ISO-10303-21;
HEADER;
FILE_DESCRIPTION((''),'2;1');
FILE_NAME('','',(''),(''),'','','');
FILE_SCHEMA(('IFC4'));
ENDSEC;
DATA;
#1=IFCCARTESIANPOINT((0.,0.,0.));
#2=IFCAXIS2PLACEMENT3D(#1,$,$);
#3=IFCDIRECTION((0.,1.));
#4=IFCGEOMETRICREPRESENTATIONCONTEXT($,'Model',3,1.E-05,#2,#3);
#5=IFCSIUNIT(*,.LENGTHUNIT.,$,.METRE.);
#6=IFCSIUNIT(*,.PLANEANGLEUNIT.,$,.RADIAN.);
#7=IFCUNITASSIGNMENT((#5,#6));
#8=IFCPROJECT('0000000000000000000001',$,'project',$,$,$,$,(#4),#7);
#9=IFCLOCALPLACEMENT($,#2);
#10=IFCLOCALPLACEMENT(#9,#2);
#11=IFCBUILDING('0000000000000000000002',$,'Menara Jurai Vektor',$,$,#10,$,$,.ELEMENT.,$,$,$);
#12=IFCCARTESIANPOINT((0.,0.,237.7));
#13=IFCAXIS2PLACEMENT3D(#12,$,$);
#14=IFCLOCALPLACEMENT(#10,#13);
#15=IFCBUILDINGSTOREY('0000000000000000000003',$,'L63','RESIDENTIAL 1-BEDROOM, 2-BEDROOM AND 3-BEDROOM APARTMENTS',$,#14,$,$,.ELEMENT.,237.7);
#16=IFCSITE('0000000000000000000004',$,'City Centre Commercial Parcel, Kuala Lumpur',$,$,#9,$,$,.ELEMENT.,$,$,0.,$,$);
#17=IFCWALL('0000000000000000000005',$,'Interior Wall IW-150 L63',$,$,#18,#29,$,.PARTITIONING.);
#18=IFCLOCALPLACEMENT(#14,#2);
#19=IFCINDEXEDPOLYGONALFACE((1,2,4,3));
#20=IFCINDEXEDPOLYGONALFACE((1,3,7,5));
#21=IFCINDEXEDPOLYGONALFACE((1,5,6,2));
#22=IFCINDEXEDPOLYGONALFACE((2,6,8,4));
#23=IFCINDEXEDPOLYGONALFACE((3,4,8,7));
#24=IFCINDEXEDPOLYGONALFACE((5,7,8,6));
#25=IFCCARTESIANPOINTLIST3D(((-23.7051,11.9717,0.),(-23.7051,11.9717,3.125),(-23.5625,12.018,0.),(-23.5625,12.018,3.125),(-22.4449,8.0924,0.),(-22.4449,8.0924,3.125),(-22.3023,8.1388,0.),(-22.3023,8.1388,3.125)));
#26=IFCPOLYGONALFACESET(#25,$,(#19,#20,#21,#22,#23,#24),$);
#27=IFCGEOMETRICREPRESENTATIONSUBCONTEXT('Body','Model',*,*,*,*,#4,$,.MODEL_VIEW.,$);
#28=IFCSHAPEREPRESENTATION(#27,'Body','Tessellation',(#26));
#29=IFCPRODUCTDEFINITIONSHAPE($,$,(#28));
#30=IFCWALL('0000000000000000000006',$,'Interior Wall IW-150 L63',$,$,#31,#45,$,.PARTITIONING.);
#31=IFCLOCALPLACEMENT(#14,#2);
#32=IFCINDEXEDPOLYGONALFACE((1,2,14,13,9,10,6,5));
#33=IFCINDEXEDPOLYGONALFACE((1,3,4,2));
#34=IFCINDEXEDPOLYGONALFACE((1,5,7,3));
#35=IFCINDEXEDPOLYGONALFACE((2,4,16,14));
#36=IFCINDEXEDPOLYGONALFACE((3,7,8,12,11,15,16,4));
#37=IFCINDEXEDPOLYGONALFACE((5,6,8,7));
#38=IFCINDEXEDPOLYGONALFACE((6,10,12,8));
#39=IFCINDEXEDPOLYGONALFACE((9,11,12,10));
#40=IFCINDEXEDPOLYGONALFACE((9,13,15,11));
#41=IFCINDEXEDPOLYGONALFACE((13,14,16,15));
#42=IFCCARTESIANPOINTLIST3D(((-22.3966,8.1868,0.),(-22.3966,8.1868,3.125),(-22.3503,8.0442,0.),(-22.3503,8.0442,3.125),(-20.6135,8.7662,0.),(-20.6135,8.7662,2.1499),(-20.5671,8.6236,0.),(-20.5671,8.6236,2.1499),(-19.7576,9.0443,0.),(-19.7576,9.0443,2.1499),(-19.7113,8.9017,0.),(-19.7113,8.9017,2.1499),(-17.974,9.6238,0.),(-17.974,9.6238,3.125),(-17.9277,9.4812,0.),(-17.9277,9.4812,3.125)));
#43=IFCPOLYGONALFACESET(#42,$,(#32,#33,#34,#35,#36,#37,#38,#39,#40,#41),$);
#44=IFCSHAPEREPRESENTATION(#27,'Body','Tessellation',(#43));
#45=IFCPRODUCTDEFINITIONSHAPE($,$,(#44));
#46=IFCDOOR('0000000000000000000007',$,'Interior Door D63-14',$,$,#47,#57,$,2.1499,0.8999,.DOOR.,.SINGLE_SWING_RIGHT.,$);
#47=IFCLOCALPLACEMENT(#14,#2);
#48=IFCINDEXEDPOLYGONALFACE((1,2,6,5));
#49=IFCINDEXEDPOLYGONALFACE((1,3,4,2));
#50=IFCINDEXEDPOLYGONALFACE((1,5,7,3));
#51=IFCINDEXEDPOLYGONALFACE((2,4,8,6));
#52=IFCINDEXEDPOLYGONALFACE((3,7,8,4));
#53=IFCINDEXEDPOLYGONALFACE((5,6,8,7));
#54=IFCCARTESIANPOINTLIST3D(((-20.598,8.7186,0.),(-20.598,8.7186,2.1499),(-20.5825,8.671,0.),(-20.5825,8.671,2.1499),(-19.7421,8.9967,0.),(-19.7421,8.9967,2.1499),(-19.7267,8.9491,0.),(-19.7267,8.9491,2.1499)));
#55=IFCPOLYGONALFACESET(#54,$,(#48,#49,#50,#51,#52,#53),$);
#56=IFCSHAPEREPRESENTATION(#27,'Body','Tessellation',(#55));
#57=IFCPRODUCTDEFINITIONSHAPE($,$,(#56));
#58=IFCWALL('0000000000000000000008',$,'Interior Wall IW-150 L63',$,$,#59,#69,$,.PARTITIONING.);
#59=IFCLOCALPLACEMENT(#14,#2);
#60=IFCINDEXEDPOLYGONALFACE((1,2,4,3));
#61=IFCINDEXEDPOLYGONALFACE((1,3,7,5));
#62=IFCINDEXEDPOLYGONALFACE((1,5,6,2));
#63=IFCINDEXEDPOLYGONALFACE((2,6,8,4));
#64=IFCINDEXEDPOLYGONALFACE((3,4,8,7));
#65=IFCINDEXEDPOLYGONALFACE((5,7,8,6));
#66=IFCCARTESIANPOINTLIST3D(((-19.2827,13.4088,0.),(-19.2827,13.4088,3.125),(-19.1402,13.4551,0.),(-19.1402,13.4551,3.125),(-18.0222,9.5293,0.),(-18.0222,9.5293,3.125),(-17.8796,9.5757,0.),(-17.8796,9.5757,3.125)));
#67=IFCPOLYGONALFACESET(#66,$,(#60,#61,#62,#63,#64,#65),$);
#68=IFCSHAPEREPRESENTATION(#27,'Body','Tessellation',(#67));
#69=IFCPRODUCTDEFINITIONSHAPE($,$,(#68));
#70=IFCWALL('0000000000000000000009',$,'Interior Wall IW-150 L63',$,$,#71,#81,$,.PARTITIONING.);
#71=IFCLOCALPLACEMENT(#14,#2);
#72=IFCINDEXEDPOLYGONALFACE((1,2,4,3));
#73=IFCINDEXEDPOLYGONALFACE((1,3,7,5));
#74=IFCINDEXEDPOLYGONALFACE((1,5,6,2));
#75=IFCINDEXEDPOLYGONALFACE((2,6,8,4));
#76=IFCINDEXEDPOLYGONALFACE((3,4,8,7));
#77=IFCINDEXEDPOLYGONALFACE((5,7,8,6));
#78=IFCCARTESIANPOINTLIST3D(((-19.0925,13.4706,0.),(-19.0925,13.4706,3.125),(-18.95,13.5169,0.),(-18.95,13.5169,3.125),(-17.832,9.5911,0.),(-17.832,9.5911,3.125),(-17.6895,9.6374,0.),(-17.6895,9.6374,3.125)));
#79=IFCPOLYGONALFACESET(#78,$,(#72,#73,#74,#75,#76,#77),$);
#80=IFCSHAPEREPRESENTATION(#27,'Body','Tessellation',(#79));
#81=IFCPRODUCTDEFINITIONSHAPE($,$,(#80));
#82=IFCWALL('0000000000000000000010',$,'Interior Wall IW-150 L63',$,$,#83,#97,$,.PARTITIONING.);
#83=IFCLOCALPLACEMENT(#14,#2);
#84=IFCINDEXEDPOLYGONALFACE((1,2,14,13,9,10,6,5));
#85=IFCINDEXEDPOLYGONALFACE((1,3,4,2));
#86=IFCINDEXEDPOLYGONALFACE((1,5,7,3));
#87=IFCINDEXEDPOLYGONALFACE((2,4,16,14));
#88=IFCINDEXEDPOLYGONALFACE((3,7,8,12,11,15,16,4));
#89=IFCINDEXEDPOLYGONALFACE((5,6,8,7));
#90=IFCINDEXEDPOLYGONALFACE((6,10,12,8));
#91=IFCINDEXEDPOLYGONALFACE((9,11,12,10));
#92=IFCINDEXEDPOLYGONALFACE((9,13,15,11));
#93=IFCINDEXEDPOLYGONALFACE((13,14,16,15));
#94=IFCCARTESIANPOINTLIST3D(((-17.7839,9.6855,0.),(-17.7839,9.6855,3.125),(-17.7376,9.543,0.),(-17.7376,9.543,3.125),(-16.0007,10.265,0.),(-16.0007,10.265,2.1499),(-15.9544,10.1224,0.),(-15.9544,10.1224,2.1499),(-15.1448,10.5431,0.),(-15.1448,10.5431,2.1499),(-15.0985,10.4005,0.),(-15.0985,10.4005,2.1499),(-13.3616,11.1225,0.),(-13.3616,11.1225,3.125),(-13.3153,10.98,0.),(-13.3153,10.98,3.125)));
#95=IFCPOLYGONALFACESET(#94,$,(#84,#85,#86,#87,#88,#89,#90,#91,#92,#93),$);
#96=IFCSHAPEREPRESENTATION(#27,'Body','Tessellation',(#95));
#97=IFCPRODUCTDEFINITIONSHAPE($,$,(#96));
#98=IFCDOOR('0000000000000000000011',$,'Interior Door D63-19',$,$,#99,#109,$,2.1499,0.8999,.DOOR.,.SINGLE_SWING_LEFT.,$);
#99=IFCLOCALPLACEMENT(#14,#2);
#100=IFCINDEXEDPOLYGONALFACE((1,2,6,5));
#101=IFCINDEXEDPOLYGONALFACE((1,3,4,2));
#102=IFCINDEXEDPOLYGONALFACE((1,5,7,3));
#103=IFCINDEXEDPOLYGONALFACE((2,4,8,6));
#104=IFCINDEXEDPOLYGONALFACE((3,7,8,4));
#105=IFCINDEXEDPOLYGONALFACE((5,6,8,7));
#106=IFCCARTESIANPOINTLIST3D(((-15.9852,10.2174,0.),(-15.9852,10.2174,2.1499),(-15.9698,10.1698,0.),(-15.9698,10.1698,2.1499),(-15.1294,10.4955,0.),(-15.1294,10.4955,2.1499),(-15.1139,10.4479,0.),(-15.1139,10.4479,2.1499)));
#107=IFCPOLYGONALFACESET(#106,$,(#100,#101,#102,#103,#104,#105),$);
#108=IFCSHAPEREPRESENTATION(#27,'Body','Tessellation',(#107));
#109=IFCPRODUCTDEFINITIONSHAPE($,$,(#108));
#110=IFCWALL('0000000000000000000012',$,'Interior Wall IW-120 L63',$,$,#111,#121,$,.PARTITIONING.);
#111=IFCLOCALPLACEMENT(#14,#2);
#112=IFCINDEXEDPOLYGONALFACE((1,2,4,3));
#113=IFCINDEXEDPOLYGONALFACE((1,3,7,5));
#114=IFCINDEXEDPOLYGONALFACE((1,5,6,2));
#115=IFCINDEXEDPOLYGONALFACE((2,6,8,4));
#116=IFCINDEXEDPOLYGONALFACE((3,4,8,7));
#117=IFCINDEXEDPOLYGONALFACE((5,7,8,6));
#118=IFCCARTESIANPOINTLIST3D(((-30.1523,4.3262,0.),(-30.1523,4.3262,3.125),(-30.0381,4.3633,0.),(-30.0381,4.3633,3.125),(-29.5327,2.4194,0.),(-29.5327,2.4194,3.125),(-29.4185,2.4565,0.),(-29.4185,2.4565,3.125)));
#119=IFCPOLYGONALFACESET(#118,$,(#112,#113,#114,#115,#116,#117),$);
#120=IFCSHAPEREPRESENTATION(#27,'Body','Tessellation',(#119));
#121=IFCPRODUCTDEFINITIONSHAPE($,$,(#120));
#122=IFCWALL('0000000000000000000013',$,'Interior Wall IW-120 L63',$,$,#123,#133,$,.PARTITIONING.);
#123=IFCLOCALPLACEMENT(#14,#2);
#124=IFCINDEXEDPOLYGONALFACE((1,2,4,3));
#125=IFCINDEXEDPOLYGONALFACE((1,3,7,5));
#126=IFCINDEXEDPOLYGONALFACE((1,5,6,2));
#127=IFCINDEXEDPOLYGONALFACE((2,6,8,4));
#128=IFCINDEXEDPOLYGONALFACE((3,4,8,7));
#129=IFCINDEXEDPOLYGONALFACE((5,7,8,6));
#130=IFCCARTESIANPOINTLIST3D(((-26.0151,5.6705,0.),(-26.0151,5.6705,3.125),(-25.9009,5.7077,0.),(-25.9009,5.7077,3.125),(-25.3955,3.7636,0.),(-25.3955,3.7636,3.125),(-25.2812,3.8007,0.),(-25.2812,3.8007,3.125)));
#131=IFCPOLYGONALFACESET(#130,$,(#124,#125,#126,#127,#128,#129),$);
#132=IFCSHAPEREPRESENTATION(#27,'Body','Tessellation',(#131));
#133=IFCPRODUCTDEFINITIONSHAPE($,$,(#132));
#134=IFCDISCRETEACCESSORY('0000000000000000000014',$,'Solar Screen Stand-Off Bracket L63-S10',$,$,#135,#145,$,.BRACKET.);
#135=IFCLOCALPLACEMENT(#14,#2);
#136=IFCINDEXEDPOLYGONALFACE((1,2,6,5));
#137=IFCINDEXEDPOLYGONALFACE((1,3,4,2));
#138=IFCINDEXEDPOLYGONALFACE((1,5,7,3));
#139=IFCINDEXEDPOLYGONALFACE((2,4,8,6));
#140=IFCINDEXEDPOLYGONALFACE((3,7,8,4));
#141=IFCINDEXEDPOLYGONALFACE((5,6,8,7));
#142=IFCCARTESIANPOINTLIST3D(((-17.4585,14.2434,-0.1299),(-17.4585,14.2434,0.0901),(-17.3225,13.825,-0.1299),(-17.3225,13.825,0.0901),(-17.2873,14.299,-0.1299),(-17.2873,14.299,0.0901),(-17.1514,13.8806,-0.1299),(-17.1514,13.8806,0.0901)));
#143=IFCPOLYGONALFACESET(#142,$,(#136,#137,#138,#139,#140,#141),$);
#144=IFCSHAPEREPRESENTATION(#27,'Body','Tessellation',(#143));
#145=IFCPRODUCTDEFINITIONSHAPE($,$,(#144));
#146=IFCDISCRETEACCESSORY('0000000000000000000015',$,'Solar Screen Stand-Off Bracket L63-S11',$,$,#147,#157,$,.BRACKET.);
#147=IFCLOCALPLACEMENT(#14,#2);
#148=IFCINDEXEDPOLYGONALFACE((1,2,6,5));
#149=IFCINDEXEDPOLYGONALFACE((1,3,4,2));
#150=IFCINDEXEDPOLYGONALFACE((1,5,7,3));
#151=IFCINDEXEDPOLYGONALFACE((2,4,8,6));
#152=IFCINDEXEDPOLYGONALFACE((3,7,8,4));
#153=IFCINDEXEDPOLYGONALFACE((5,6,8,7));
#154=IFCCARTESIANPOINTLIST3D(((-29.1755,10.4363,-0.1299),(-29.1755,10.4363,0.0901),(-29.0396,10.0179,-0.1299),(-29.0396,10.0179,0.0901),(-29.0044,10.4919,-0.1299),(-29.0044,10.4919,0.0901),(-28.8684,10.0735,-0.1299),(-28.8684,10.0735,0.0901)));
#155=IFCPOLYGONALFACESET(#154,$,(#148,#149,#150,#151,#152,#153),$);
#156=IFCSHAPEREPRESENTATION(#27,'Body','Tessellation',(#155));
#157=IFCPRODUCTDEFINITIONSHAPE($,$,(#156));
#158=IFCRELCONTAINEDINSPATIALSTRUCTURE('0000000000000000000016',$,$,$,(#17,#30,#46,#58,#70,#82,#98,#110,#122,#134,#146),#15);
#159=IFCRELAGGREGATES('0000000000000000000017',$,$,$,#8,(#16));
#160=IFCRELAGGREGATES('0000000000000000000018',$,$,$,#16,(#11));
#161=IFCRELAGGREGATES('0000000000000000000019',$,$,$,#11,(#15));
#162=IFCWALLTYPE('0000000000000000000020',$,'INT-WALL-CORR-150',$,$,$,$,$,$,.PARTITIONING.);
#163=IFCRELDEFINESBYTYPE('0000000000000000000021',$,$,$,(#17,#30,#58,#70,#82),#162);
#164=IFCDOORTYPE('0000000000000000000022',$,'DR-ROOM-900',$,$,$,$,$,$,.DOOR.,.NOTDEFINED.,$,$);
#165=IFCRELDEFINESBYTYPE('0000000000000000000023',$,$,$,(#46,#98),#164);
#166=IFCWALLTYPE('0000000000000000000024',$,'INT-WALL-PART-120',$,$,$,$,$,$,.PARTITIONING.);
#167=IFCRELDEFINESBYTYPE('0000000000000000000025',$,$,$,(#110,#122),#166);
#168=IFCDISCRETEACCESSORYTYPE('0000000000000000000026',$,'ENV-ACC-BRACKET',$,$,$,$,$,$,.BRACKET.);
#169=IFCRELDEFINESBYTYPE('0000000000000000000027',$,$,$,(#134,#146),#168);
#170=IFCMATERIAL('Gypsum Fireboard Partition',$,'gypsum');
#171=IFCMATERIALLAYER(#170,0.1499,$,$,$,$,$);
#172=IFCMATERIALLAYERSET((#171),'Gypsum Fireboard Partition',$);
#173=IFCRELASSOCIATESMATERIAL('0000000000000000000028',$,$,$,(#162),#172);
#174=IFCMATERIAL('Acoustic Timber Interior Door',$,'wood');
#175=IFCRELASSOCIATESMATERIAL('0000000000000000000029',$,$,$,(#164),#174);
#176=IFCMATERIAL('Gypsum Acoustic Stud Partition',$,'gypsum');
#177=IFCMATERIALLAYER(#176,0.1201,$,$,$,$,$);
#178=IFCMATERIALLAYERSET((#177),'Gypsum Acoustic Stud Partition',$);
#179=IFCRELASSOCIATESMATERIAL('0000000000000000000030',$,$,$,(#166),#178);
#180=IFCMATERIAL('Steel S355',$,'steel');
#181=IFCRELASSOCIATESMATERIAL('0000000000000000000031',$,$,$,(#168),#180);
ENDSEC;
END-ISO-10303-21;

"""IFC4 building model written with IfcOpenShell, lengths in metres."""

from ifc_helpers import new_model, si_unit, direction, frame, frame_2d, origin, origin_2d, place, context, subcontext, project, spatial, rectangle, extrude, material, layer, layer_set, type_object, element, fill, save


model = new_model("IFC4")

# Units and contexts
model_context = context("Model", 3, precision=1e-05, world=origin(), true_north=direction((0.0, 1.0)))
body_context = subcontext(model_context, "Body", "Model", "MODEL_VIEW")
ifc_project = project(units=[si_unit("LENGTHUNIT", "METRE"), si_unit("PLANEANGLEUNIT", "RADIAN")], contexts=[model_context])

# Site, building, storey
site_placement = place(None, origin())
site = spatial("IfcSite", under=ifc_project, at=site_placement, Name="City Centre Commercial Parcel, Kuala Lumpur", CompositionType="ELEMENT", RefElevation=0.0)
building_placement = place(site_placement, origin())
building = spatial("IfcBuilding", under=site, at=building_placement, Name="Menara Jurai Vektor", CompositionType="ELEMENT")
storey_placement = place(building_placement, frame((0.0, 0.0, 237.7)))
storey = spatial("IfcBuildingStorey", under=building, at=storey_placement, Name="L63", Description="RESIDENTIAL 1-BEDROOM, 2-BEDROOM AND 3-BEDROOM APARTMENTS", CompositionType="ELEMENT", Elevation=237.7)

# Shared definitions
ifc_material_1 = material(Name="Steel S355", Category="steel")

# Shared definitions
ifc_material_2 = material(Name="Gypsum Fireboard Partition", Category="gypsum")
ifc_layer_1 = layer(ifc_material_2, 0.1499)
ifc_layer_set_1 = layer_set([ifc_layer_1], Name="Gypsum Fireboard Partition")
wall_type_1 = type_object("IfcWallType", Name="INT-WALL-CORR-150", PredefinedType="PARTITIONING", material=ifc_layer_set_1)

# Wall
wall_1_placement = place(storey_placement, frame((-22.3735, 8.1155, 0.0), z_axis=(0.0, 0.0, 1.0), x_axis=(-0.308964, 0.951074, 0.0)))
element("IfcWall", 1, at=wall_1_placement, inside=storey, type_object=wall_type_1, Name="Interior Wall IW-150 L63", PredefinedType="PARTITIONING", context=body_context, shape_type="SweptSolid", body=[
    extrude(rectangle(XDim=4.0789, YDim=0.1499, at=frame_2d((2.0396, 0.0))), origin(), (0.0, 0.0, 1.0), 3.125),
])

# Wall, opening, door
wall_2_placement = place(storey_placement, frame((-22.3735, 8.1155, 0.0), z_axis=(0.0, 0.0, 1.0), x_axis=(0.951055, 0.309021, 0.0)))
wall_2 = element("IfcWall", 2, at=wall_2_placement, inside=storey, type_object=wall_type_1, Name="Interior Wall IW-150 L63", PredefinedType="PARTITIONING", context=body_context, shape_type="SweptSolid", body=[
    extrude(rectangle(XDim=4.6501, YDim=0.1499, at=frame_2d((2.3252, 0.0))), origin(), (0.0, 0.0, 1.0), 3.125),
])
opening_1_placement = place(wall_2_placement, frame((1.875, 0.0, 0.0)))
opening_1 = element("IfcOpeningElement", 3, at=opening_1_placement, cuts=wall_2, PredefinedType="OPENING", context=body_context, shape_type="SweptSolid", body=[
    extrude(rectangle(XDim=0.8999, YDim=2.1499, at=frame_2d((0.45, 1.075))), frame((0.0, 0.085, 0.0), z_axis=(0.0, -1.0, 0.0), x_axis=(1.0, 0.0, 0.0)), (0.0, 0.0, 1.0), 0.1699),
])
ifc_material_3 = material(Name="Acoustic Timber Interior Door", Category="wood")
door_type_1 = type_object("IfcDoorType", Name="DR-ROOM-900", OperationType="NOTDEFINED", PredefinedType="DOOR", material=ifc_material_3)
door_1_placement = place(opening_1_placement, origin())
door_1 = element("IfcDoor", 4, at=door_1_placement, inside=storey, type_object=door_type_1, Name="Interior Door D63-14", OperationType="SINGLE_SWING_RIGHT", OverallHeight=2.1499, OverallWidth=0.8999, PredefinedType="DOOR", context=body_context, shape_type="SweptSolid", body=[
    extrude(rectangle(XDim=0.8999, YDim=2.1499, at=frame_2d((0.45, 1.075))), frame((0.0, 0.0249, 0.0), z_axis=(0.0, -1.0, 0.0), x_axis=(1.0, 0.0, 0.0)), (0.0, 0.0, 1.0), 0.05),
])
fill(opening_1, door_1)

# Walls
for number, where, z_axis, x_axis, name in (
    (5, (-17.9509, 9.5525, 0.0), (0.0, 0.0, 1.0), (-0.309018, 0.951056, 0.0), "Interior Wall IW-150 L63"),
    (6, (-17.7607, 9.6143, 0.0), (0.0, 0.0, 1.0), (-0.309018, 0.951056, 0.0), "Interior Wall IW-150 L63"),
):
    element("IfcWall", number, at=place(storey_placement, frame(where, z_axis=z_axis, x_axis=x_axis)), inside=storey, type_object=wall_type_1, Name=name, PredefinedType="PARTITIONING", context=body_context, shape_type="SweptSolid", body=[
        extrude(rectangle(XDim=4.0791, YDim=0.1499, at=frame_2d((2.0396, 0.0))), origin(), (0.0, 0.0, 1.0), 3.125),
    ])

# Wall, opening, door
wall_3_placement = place(storey_placement, frame((-17.7607, 9.6143, 0.0), z_axis=(0.0, 0.0, 1.0), x_axis=(0.95105, 0.309036, 0.0)))
wall_3 = element("IfcWall", 7, at=wall_3_placement, inside=storey, type_object=wall_type_1, Name="Interior Wall IW-150 L63", PredefinedType="PARTITIONING", context=body_context, shape_type="SweptSolid", body=[
    extrude(rectangle(XDim=4.6499, YDim=0.1499, at=frame_2d((2.325, 0.0))), origin(), (0.0, 0.0, 1.0), 3.125),
])
opening_2_placement = place(wall_3_placement, frame((1.875, 0.0, 0.0)))
opening_2 = element("IfcOpeningElement", 8, at=opening_2_placement, cuts=wall_3, PredefinedType="OPENING", context=body_context, shape_type="SweptSolid", body=[
    extrude(rectangle(XDim=0.8999, YDim=2.1499, at=frame_2d((0.45, 1.075))), frame((0.0, 0.085, 0.0), z_axis=(0.0, -1.0, 0.0), x_axis=(1.0, 0.0, 0.0)), (0.0, 0.0, 1.0), 0.1699),
])
door_2_placement = place(opening_2_placement, origin())
door_2 = element("IfcDoor", 9, at=door_2_placement, inside=storey, type_object=door_type_1, Name="Interior Door D63-19", OperationType="SINGLE_SWING_LEFT", OverallHeight=2.1499, OverallWidth=0.8999, PredefinedType="DOOR", context=body_context, shape_type="SweptSolid", body=[
    extrude(rectangle(XDim=0.8999, YDim=2.1499, at=frame_2d((0.45, 1.075))), frame((0.0, 0.0249, 0.0), z_axis=(0.0, -1.0, 0.0), x_axis=(1.0, 0.0, 0.0)), (0.0, 0.0, 1.0), 0.05),
])
fill(opening_2, door_2)

# Walls
ifc_material_4 = material(Name="Gypsum Acoustic Stud Partition", Category="gypsum")
ifc_layer_2 = layer(ifc_material_4, 0.1201)
ifc_layer_set_2 = layer_set([ifc_layer_2], Name="Gypsum Acoustic Stud Partition")
wall_type_2 = type_object("IfcWallType", Name="INT-WALL-PART-120", PredefinedType="PARTITIONING", material=ifc_layer_set_2)
wall_4_placement = place(storey_placement, frame((-29.4756, 2.438, 0.0), z_axis=(0.0, 0.0, 1.0), x_axis=(-0.309059, 0.951043, 0.0)))
element("IfcWall", 10, at=wall_4_placement, inside=storey, type_object=wall_type_2, Name="Interior Wall IW-120 L63", PredefinedType="PARTITIONING", context=body_context, shape_type="SweptSolid", body=[
    extrude(rectangle(XDim=2.0049, YDim=0.1201, at=frame_2d((1.0024, 0.0))), origin(), (0.0, 0.0, 1.0), 3.125),
])
wall_5_placement = place(storey_placement, frame((-25.3384, 3.7822, 0.0), z_axis=(0.0, 0.0, 1.0), x_axis=(-0.309023, 0.951055, 0.0)))
element("IfcWall", 11, at=wall_5_placement, inside=storey, type_object=wall_type_2, Name="Interior Wall IW-120 L63", PredefinedType="PARTITIONING", context=body_context, shape_type="SweptSolid", body=[
    extrude(rectangle(XDim=2.0051, YDim=0.1201, at=frame_2d((1.0024, 0.0))), origin(), (0.0, 0.0, 1.0), 3.125),
])

# Discrete accessories
discrete_accessory_type = type_object("IfcDiscreteAccessoryType", Name="ENV-ACC-BRACKET", PredefinedType="BRACKET", material=ifc_material_1)
for number, where, z_axis, x_axis, name in (
    (12, (-17.3049, 14.062, -0.1299), (0.0, 0.0, 1.0), (-0.951057, -0.309017, 0.0), "Solar Screen Stand-Off Bracket L63-S10"),
    (13, (-29.022, 10.2549, -0.1299), (0.0, 0.0, 1.0), (-0.951057, -0.309017, 0.0), "Solar Screen Stand-Off Bracket L63-S11"),
):
    element("IfcDiscreteAccessory", number, at=place(storey_placement, frame(where, z_axis=z_axis, x_axis=x_axis)), inside=storey, type_object=discrete_accessory_type, Name=name, PredefinedType="BRACKET", context=body_context, shape_type="SweptSolid", body=[
        extrude(rectangle(XDim=0.1799, YDim=0.4399, at=origin_2d()), origin(), (0.0, 0.0, 1.0), 0.22),
    ])

save(model, "model.ifc")
